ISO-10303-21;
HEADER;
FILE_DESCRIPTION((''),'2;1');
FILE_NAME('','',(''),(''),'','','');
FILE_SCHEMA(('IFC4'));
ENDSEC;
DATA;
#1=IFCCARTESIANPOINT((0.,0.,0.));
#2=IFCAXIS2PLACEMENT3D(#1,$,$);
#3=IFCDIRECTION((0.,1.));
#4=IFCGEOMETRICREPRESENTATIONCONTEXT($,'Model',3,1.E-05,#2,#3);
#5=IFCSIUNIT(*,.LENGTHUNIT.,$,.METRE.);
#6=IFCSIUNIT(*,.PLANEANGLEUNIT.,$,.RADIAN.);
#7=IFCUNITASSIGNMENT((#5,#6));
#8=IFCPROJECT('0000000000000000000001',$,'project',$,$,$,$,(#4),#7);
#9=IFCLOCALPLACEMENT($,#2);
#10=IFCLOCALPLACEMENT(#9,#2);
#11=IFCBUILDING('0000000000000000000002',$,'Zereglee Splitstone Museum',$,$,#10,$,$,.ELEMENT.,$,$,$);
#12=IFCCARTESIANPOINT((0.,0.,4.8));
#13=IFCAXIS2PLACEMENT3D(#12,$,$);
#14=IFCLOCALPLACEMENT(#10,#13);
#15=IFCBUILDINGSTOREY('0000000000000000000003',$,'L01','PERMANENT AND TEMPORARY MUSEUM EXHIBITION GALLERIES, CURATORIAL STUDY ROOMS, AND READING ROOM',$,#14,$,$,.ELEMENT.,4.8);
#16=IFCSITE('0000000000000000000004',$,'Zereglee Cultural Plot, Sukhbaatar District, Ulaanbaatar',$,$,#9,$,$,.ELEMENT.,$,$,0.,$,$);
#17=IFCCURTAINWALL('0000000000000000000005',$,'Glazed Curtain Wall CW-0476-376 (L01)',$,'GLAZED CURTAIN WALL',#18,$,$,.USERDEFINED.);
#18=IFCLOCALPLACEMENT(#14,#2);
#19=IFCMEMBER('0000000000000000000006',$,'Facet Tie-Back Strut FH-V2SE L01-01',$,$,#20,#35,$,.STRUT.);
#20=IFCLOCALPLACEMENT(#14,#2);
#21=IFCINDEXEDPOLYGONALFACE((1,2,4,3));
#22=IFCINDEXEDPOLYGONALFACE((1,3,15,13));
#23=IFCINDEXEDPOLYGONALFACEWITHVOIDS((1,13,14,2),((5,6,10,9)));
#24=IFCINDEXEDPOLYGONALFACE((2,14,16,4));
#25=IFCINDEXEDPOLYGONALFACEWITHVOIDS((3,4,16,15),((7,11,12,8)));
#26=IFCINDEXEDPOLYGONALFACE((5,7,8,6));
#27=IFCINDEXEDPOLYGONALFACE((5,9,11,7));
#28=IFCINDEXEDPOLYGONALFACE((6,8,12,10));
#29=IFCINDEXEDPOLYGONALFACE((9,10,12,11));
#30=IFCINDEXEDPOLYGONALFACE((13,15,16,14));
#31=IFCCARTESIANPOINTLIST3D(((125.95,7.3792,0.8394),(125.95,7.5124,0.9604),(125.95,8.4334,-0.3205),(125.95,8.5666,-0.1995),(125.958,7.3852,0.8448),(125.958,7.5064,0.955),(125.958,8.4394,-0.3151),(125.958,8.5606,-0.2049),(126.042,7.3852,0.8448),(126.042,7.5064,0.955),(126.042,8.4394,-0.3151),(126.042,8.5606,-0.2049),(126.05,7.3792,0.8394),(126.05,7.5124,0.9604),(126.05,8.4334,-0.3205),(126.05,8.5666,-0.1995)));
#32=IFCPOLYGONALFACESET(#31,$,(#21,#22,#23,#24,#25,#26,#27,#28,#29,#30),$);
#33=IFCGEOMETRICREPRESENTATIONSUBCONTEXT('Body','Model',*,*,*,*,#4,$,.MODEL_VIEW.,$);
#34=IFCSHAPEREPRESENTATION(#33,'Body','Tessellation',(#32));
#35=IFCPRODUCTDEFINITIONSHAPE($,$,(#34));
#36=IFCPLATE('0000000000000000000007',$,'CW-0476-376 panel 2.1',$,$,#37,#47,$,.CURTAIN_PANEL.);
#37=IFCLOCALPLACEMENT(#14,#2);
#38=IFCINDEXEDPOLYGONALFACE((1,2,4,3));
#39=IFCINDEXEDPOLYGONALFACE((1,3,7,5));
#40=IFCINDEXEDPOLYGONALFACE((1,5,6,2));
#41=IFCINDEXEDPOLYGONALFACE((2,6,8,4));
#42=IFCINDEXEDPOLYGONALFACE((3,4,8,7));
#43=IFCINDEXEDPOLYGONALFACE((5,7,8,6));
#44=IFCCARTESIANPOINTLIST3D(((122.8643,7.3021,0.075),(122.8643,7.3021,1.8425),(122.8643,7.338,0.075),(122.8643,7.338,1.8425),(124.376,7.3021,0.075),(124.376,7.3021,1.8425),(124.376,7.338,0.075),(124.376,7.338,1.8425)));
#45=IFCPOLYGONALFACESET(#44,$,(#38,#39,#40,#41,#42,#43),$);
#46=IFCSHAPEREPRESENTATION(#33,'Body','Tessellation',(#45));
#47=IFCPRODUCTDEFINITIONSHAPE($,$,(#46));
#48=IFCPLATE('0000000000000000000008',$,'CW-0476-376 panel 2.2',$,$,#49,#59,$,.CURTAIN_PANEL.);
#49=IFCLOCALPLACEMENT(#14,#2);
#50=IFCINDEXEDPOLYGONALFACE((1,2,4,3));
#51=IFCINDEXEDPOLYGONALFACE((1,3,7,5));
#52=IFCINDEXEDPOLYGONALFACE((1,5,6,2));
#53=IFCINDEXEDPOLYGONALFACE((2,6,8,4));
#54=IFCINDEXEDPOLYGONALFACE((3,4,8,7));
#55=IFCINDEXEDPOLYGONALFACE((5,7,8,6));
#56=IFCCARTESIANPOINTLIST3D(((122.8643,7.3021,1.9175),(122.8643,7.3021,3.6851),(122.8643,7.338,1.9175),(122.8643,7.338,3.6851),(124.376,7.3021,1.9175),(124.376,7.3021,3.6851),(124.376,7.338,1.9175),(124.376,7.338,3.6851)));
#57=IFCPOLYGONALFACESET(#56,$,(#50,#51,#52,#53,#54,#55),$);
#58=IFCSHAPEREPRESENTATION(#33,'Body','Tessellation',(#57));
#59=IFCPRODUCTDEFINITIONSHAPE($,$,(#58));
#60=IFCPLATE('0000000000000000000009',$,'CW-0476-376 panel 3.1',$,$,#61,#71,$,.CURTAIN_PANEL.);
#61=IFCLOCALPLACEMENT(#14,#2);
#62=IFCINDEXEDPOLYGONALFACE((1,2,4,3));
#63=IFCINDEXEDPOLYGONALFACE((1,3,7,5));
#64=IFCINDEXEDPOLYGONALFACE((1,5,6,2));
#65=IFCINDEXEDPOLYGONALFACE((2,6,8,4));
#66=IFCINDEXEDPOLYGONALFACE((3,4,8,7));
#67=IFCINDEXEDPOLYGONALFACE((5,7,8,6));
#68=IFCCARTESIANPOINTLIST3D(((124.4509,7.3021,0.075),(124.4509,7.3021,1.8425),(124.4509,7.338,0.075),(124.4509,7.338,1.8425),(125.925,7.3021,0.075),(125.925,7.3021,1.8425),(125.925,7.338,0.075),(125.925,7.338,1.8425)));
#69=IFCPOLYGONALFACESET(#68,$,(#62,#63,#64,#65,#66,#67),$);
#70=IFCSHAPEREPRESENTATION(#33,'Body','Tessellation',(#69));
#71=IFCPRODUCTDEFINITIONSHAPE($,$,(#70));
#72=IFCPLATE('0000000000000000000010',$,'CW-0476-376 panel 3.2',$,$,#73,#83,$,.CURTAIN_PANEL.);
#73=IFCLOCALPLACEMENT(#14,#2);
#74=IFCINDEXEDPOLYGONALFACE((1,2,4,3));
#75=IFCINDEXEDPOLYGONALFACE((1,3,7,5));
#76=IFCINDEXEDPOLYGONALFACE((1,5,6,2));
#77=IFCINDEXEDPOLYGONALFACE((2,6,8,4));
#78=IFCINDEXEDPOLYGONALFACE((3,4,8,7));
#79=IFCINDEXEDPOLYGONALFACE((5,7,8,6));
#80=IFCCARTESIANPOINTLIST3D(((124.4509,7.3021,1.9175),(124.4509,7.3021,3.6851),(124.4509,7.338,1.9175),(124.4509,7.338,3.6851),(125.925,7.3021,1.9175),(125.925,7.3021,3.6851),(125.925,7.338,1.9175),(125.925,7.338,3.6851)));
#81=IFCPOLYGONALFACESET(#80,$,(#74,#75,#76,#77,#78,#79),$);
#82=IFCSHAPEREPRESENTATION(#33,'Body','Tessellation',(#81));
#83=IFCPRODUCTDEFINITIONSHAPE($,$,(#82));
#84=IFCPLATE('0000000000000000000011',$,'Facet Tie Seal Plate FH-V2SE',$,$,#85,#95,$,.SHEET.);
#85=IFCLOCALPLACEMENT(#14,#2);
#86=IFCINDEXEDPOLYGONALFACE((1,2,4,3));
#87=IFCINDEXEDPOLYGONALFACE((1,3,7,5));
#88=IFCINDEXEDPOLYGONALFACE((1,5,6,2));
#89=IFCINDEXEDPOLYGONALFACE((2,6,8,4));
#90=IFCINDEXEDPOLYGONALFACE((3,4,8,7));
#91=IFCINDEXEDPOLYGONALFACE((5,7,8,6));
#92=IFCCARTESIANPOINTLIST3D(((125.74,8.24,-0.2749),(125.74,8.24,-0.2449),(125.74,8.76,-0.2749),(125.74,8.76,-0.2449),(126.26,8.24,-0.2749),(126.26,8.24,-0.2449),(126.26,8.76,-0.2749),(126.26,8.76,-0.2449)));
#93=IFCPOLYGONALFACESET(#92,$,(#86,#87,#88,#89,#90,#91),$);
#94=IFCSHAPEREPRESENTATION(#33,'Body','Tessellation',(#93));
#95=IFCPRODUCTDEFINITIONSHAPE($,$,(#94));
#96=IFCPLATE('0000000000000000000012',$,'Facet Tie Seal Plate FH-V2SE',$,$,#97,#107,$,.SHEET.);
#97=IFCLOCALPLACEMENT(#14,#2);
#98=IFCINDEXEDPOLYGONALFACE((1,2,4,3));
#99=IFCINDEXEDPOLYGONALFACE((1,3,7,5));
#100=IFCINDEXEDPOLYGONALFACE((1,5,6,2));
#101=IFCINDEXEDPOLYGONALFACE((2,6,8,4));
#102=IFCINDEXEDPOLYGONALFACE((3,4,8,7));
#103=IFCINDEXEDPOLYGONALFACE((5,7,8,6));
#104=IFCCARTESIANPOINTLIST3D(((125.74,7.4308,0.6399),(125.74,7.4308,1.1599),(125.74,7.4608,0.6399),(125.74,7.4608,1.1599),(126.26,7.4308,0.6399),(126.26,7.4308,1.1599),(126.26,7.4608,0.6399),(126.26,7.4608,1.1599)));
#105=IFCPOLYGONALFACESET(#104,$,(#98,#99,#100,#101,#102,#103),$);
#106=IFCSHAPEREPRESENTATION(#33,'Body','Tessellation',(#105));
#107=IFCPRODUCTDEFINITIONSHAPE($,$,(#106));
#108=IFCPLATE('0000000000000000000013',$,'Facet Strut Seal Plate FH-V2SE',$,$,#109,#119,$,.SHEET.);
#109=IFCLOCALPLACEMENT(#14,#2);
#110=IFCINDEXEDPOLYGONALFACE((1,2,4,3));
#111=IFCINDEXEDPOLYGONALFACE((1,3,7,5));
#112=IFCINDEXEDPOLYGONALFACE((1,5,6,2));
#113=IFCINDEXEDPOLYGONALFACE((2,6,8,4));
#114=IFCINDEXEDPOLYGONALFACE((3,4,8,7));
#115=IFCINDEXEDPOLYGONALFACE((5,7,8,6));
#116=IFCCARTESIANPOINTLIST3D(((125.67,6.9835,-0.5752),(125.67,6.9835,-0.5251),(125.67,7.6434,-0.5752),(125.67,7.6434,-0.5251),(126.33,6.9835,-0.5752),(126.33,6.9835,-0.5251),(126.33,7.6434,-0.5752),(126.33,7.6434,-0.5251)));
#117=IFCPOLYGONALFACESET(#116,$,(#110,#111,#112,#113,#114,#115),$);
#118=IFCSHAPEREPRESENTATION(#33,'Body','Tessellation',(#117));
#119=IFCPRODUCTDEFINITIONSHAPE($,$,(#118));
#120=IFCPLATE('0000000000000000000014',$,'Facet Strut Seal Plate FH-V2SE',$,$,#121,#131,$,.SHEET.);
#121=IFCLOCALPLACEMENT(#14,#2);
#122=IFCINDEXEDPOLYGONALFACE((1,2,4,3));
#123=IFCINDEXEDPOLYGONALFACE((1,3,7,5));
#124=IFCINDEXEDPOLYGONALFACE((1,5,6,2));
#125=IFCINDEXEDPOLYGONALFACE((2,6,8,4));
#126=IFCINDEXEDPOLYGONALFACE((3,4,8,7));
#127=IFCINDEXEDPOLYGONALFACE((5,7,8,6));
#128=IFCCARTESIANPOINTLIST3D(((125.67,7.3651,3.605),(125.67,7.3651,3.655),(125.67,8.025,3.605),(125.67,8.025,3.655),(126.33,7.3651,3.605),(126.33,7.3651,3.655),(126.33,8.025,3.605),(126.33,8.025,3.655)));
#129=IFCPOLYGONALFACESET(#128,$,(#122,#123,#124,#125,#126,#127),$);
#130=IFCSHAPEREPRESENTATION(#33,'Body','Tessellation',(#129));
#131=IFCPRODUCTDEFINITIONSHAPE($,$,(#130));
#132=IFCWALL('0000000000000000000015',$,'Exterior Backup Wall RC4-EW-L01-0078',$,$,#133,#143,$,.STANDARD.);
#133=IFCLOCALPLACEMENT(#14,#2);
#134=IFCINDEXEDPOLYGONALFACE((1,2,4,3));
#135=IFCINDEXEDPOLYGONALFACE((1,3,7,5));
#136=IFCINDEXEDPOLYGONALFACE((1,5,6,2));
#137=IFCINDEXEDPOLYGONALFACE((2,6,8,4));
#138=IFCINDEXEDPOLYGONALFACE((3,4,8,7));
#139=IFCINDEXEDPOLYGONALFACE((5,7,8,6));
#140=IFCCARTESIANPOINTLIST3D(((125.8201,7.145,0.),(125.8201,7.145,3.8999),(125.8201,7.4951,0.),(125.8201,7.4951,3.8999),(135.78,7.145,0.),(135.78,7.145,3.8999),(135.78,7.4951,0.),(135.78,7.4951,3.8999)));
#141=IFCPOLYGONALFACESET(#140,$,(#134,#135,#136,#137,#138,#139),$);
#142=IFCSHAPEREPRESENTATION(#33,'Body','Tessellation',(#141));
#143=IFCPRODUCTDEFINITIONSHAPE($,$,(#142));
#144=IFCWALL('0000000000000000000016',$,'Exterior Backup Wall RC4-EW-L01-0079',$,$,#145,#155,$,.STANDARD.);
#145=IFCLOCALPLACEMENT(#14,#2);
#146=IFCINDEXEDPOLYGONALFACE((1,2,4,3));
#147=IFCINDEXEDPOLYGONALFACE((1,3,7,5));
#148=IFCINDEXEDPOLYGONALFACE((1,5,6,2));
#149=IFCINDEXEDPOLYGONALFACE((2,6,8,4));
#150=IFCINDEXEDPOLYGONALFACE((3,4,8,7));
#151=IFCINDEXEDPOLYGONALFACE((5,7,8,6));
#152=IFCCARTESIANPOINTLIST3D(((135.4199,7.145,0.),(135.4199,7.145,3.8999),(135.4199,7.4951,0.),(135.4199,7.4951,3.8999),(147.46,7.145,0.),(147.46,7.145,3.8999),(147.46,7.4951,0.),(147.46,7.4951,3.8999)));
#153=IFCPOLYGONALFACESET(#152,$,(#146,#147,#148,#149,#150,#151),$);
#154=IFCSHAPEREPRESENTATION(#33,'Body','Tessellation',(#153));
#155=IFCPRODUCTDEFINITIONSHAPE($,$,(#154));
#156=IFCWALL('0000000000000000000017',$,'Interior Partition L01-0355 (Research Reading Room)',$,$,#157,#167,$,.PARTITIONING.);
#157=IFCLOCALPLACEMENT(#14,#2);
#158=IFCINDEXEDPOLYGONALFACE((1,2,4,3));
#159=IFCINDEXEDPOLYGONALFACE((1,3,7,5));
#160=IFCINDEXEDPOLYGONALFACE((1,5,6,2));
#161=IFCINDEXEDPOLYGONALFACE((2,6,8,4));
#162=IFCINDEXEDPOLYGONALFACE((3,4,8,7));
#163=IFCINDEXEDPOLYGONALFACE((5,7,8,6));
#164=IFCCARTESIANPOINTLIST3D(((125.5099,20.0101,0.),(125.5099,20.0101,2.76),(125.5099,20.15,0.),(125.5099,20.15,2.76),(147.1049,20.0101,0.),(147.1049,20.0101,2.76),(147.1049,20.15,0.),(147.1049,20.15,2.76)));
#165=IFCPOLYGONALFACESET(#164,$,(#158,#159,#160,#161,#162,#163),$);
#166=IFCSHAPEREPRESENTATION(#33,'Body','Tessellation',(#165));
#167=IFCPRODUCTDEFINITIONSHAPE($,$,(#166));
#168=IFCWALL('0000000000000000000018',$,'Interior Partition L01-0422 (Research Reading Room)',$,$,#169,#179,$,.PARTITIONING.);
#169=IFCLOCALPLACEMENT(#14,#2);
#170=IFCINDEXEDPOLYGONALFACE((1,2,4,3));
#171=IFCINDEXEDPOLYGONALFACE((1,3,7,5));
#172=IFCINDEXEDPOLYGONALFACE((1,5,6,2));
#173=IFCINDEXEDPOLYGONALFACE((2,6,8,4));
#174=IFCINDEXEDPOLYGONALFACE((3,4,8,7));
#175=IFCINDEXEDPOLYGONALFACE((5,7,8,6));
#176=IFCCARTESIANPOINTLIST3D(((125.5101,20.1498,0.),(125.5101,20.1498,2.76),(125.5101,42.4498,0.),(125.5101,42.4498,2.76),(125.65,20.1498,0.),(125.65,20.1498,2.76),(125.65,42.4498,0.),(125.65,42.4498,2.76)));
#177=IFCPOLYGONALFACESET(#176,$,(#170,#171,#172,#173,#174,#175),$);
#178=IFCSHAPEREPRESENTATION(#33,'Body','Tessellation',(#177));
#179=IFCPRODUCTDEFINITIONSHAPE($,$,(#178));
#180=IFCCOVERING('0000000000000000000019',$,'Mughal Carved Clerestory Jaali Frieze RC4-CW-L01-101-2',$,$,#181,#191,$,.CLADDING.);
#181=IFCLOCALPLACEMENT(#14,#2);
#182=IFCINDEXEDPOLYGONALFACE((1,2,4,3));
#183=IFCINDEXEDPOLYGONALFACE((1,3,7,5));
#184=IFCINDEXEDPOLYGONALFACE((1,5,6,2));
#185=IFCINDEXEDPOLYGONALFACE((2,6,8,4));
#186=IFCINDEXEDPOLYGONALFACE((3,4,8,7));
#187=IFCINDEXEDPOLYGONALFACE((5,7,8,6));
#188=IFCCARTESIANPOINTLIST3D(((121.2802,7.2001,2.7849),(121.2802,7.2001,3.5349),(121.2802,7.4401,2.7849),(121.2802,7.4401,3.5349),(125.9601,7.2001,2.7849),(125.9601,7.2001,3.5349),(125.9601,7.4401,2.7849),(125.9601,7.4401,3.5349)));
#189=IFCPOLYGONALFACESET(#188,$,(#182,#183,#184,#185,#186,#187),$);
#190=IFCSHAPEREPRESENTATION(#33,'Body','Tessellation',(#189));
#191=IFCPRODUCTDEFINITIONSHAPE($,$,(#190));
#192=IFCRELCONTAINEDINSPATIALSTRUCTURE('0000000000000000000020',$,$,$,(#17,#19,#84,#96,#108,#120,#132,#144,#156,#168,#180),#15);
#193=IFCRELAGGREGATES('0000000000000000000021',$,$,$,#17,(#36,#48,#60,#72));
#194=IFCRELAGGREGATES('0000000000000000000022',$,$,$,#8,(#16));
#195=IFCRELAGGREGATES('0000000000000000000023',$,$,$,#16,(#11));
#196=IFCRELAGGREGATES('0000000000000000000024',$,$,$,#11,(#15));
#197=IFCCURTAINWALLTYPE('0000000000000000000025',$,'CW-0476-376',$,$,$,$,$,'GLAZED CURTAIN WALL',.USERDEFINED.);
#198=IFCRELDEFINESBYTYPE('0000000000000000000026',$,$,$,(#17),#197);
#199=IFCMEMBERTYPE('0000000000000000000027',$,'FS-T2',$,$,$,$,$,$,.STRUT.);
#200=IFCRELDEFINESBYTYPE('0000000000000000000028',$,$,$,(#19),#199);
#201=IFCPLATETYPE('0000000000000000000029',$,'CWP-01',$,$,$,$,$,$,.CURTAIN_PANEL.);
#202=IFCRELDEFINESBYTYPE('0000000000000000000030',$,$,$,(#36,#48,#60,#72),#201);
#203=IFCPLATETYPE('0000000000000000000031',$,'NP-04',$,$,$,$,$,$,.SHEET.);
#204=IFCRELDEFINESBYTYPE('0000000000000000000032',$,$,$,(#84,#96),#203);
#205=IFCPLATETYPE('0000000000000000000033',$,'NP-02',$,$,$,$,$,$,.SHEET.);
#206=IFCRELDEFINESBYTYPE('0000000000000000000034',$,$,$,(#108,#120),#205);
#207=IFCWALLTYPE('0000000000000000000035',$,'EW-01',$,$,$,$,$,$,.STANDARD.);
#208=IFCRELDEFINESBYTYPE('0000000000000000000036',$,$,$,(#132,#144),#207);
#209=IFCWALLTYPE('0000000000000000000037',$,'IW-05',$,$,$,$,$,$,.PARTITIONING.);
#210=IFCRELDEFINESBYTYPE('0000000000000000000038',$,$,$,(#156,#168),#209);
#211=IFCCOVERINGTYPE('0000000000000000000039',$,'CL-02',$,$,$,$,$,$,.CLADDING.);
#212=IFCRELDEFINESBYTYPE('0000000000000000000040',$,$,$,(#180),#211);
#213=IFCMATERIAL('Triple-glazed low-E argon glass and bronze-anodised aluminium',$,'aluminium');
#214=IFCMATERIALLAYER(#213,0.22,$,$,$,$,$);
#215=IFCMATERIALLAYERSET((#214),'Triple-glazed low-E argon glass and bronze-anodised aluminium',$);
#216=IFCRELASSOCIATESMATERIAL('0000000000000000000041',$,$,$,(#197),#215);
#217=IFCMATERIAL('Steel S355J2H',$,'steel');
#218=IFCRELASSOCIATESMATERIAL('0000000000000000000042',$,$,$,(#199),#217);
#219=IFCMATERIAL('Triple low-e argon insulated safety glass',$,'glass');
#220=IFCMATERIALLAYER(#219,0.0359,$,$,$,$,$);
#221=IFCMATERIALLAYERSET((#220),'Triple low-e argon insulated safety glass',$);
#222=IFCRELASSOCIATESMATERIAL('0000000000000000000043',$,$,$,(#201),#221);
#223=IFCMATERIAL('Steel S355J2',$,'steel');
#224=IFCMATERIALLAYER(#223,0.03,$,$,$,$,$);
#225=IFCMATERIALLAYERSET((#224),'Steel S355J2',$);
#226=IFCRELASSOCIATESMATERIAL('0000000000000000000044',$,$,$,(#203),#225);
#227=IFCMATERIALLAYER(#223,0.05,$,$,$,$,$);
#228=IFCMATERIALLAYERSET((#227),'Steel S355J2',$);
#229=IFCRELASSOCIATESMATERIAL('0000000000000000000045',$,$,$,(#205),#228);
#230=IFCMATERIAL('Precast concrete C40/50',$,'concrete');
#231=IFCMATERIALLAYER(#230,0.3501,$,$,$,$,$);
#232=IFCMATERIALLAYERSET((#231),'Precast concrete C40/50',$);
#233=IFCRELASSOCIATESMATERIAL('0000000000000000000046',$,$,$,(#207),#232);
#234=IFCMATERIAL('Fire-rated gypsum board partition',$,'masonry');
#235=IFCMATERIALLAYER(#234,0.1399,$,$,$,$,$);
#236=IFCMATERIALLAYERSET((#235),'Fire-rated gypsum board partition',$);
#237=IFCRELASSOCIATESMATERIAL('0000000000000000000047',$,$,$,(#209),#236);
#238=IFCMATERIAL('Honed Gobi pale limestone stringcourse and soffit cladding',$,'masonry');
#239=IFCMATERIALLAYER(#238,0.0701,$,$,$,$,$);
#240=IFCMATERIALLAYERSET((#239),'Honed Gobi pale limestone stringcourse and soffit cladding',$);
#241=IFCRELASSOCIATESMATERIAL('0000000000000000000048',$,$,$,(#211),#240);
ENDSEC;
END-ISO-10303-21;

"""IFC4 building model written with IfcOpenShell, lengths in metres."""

from ifc_helpers import new_model, si_unit, direction, frame, frame_2d, origin, origin_2d, place, context, subcontext, project, spatial, rectangle, hollow_rectangle, extrude, material, layer, layer_set, material_profile, profile_set, type_object, element, aggregate, save


model = new_model("IFC4")

# Units and contexts
model_context = context("Model", 3, precision=1e-05, world=origin(), true_north=direction((0.0, 1.0)))
body_context = subcontext(model_context, "Body", "Model", "MODEL_VIEW")
ifc_project = project(units=[si_unit("LENGTHUNIT", "METRE"), si_unit("PLANEANGLEUNIT", "RADIAN")], contexts=[model_context])

# Site, building, storey
site_placement = place(None, origin())
site = spatial("IfcSite", under=ifc_project, at=site_placement, Name="Zereglee Cultural Plot, Sukhbaatar District, Ulaanbaatar", CompositionType="ELEMENT", RefElevation=0.0)
building_placement = place(site_placement, origin())
building = spatial("IfcBuilding", under=site, at=building_placement, Name="Zereglee Splitstone Museum", CompositionType="ELEMENT")
storey_placement = place(building_placement, frame((0.0, 0.0, 4.8)))
storey = spatial("IfcBuildingStorey", under=building, at=storey_placement, Name="L01", Description="PERMANENT AND TEMPORARY MUSEUM EXHIBITION GALLERIES, CURATORIAL STUDY ROOMS, AND READING ROOM", CompositionType="ELEMENT", Elevation=4.8)

# Shared definitions
ifc_material_1 = material(Name="Steel S355J2", Category="steel")

# Curtain wall
ifc_material_2 = material(Name="Triple-glazed low-E argon glass and bronze-anodised aluminium", Category="aluminium")
ifc_layer_1 = layer(ifc_material_2, 0.22)
ifc_layer_set_1 = layer_set([ifc_layer_1], Name="Triple-glazed low-E argon glass and bronze-anodised aluminium")
curtain_wall_type = type_object("IfcCurtainWallType", Name="CW-0476-376", ElementType="GLAZED CURTAIN WALL", PredefinedType="USERDEFINED", material=ifc_layer_set_1)
curtain_wall_placement = place(storey_placement, origin())
curtain_wall = element("IfcCurtainWall", 1, at=curtain_wall_placement, inside=storey, type_object=curtain_wall_type, Name="Glazed Curtain Wall CW-0476-376 (L01)", ObjectType="GLAZED CURTAIN WALL", PredefinedType="USERDEFINED")

# Member
ifc_material_3 = material(Name="Steel S355J2H", Category="steel")
ifc_material_profile_1 = material_profile(ifc_material_3, hollow_rectangle(XDim=0.1001, YDim=0.1799, WallThickness=0.0081, at=origin_2d()), Name="RHS 180x100x8")
ifc_profile_set_1 = profile_set([ifc_material_profile_1], Name="Steel S355J2H")
member_type_1 = type_object("IfcMemberType", Name="FS-T2", PredefinedType="STRUT", material=ifc_profile_set_1)
member_1_placement = place(storey_placement, frame((126.0, 8.5, -0.26), z_axis=(0.0, -0.67258, 0.740025), x_axis=(1.0, 0.0, 0.0)))
element("IfcMember", 2, at=member_1_placement, inside=storey, type_object=member_type_1, Name="Facet Tie-Back Strut FH-V2SE L01-01", PredefinedType="STRUT", context=body_context, shape_type="SweptSolid", body=[
    extrude(hollow_rectangle(XDim=0.1001, YDim=0.1799, WallThickness=0.0081, at=origin_2d()), origin(), (0.0, 0.0, 1.0), 1.5674),
])

# Plates
ifc_material_4 = material(Name="Triple low-e argon insulated safety glass", Category="glass")
ifc_layer_2 = layer(ifc_material_4, 0.0359)
ifc_layer_set_2 = layer_set([ifc_layer_2], Name="Triple low-e argon insulated safety glass")
plate_type_1 = type_object("IfcPlateType", Name="CWP-01", PredefinedType="CURTAIN_PANEL", material=ifc_layer_set_2)
plate_1_placement = place(storey_placement, frame((123.6201, 7.3201, 0.075), z_axis=(0.0, 0.0, 1.0), x_axis=(1.0, 0.0, 0.0)))
plate_1 = element("IfcPlate", 3, at=plate_1_placement, type_object=plate_type_1, Name="CW-0476-376 panel 2.1", PredefinedType="CURTAIN_PANEL", context=body_context, shape_type="SweptSolid", body=[
    extrude(rectangle(XDim=1.5117, YDim=0.0359, at=origin_2d()), origin(), (0.0, 0.0, 1.0), 1.7676),
])
plate_2_placement = place(storey_placement, frame((123.6201, 7.3201, 1.9175), z_axis=(0.0, 0.0, 1.0), x_axis=(1.0, 0.0, 0.0)))
plate_2 = element("IfcPlate", 4, at=plate_2_placement, type_object=plate_type_1, Name="CW-0476-376 panel 2.2", PredefinedType="CURTAIN_PANEL", context=body_context, shape_type="SweptSolid", body=[
    extrude(rectangle(XDim=1.5117, YDim=0.0359, at=origin_2d()), origin(), (0.0, 0.0, 1.0), 1.7676),
])
plate_3_placement = place(storey_placement, frame((125.188, 7.3201, 0.075), z_axis=(0.0, 0.0, 1.0), x_axis=(1.0, 0.0, 0.0)))
plate_3 = element("IfcPlate", 5, at=plate_3_placement, type_object=plate_type_1, Name="CW-0476-376 panel 3.1", PredefinedType="CURTAIN_PANEL", context=body_context, shape_type="SweptSolid", body=[
    extrude(rectangle(XDim=1.4741, YDim=0.0359, at=origin_2d()), origin(), (0.0, 0.0, 1.0), 1.7676),
])
plate_4_placement = place(storey_placement, frame((125.188, 7.3201, 1.9175), z_axis=(0.0, 0.0, 1.0), x_axis=(1.0, 0.0, 0.0)))
plate_4 = element("IfcPlate", 6, at=plate_4_placement, type_object=plate_type_1, Name="CW-0476-376 panel 3.2", PredefinedType="CURTAIN_PANEL", context=body_context, shape_type="SweptSolid", body=[
    extrude(rectangle(XDim=1.4741, YDim=0.0359, at=origin_2d()), origin(), (0.0, 0.0, 1.0), 1.7676),
])
aggregate(curtain_wall, [plate_1, plate_2, plate_3, plate_4])

# Plates
ifc_layer_3 = layer(ifc_material_1, 0.03)
ifc_layer_set_3 = layer_set([ifc_layer_3], Name="Steel S355J2")
plate_type_2 = type_object("IfcPlateType", Name="NP-04", PredefinedType="SHEET", material=ifc_layer_set_3)
plate_5_placement = place(storey_placement, frame((126.0, 8.5, -0.2749), z_axis=(0.0, 0.0, 1.0), x_axis=(1.0, 0.0, 0.0)))
element("IfcPlate", 7, at=plate_5_placement, inside=storey, type_object=plate_type_2, Name="Facet Tie Seal Plate FH-V2SE", PredefinedType="SHEET", context=body_context, shape_type="SweptSolid", body=[
    extrude(rectangle(XDim=0.52, YDim=0.52, at=origin_2d()), origin(), (0.0, 0.0, 1.0), 0.03),
])
plate_6_placement = place(storey_placement, frame((126.0, 7.4458, 0.6399), z_axis=(0.0, 0.0, 1.0), x_axis=(1.0, 0.0, 0.0)))
element("IfcPlate", 8, at=plate_6_placement, inside=storey, type_object=plate_type_2, Name="Facet Tie Seal Plate FH-V2SE", PredefinedType="SHEET", context=body_context, shape_type="SweptSolid", body=[
    extrude(rectangle(XDim=0.52, YDim=0.03, at=origin_2d()), origin(), (0.0, 0.0, 1.0), 0.52),
])
ifc_layer_4 = layer(ifc_material_1, 0.05)
ifc_layer_set_4 = layer_set([ifc_layer_4], Name="Steel S355J2")
plate_type_3 = type_object("IfcPlateType", Name="NP-02", PredefinedType="SHEET", material=ifc_layer_set_4)
for number, where, z_axis, x_axis, name in (
    (9, (126.0, 7.3135, -0.5752), (0.0, 0.0, 1.0), (1.0, 0.0, 0.0), "Facet Strut Seal Plate FH-V2SE"),
    (10, (126.0, 7.6951, 3.605), (0.0, 0.0, 1.0), (1.0, 0.0, 0.0), "Facet Strut Seal Plate FH-V2SE"),
):
    element("IfcPlate", number, at=place(storey_placement, frame(where, z_axis=z_axis, x_axis=x_axis)), inside=storey, type_object=plate_type_3, Name=name, PredefinedType="SHEET", context=body_context, shape_type="SweptSolid", body=[
        extrude(rectangle(XDim=0.6599, YDim=0.6599, at=origin_2d()), origin(), (0.0, 0.0, 1.0), 0.05),
    ])

# Walls
ifc_material_5 = material(Name="Precast concrete C40/50", Category="concrete")
ifc_layer_5 = layer(ifc_material_5, 0.3501)
ifc_layer_set_5 = layer_set([ifc_layer_5], Name="Precast concrete C40/50")
wall_type_1 = type_object("IfcWallType", Name="EW-01", PredefinedType="STANDARD", material=ifc_layer_set_5)
wall_1_placement = place(storey_placement, frame((125.8201, 7.3201, 0.0), z_axis=(0.0, 0.0, 1.0), x_axis=(1.0, 0.0, 0.0)))
element("IfcWall", 11, at=wall_1_placement, inside=storey, type_object=wall_type_1, Name="Exterior Backup Wall RC4-EW-L01-0078", PredefinedType="STANDARD", context=body_context, shape_type="SweptSolid", body=[
    extrude(rectangle(XDim=9.96, YDim=0.3501, at=frame_2d((4.98, 0.0))), origin(), (0.0, 0.0, 1.0), 3.8999),
])
wall_2_placement = place(storey_placement, frame((135.4199, 7.3201, 0.0), z_axis=(0.0, 0.0, 1.0), x_axis=(1.0, 0.0, 0.0)))
element("IfcWall", 12, at=wall_2_placement, inside=storey, type_object=wall_type_1, Name="Exterior Backup Wall RC4-EW-L01-0079", PredefinedType="STANDARD", context=body_context, shape_type="SweptSolid", body=[
    extrude(rectangle(XDim=12.04, YDim=0.3501, at=frame_2d((6.02, 0.0))), origin(), (0.0, 0.0, 1.0), 3.8999),
])
ifc_material_6 = material(Name="Fire-rated gypsum board partition", Category="masonry")
ifc_layer_6 = layer(ifc_material_6, 0.1399)
ifc_layer_set_6 = layer_set([ifc_layer_6], Name="Fire-rated gypsum board partition")
wall_type_2 = type_object("IfcWallType", Name="IW-05", PredefinedType="PARTITIONING", material=ifc_layer_set_6)
wall_3_placement = place(storey_placement, frame((125.51, 20.0801, 0.0), z_axis=(0.0, 0.0, 1.0), x_axis=(1.0, 0.0, 0.0)))
element("IfcWall", 13, at=wall_3_placement, inside=storey, type_object=wall_type_2, Name="Interior Partition L01-0355 (Research Reading Room)", PredefinedType="PARTITIONING", context=body_context, shape_type="SweptSolid", body=[
    extrude(rectangle(XDim=21.595, YDim=0.1399, at=frame_2d((10.7974, 0.0))), origin(), (0.0, 0.0, 1.0), 2.76),
])
wall_4_placement = place(storey_placement, frame((125.5801, 20.1499, 0.0), z_axis=(0.0, 0.0, 1.0), x_axis=(0.0, 1.0, 0.0)))
element("IfcWall", 14, at=wall_4_placement, inside=storey, type_object=wall_type_2, Name="Interior Partition L01-0422 (Research Reading Room)", PredefinedType="PARTITIONING", context=body_context, shape_type="SweptSolid", body=[
    extrude(rectangle(XDim=22.3, YDim=0.1399, at=frame_2d((11.1499, 0.0))), origin(), (0.0, 0.0, 1.0), 2.76),
])

# Covering
ifc_material_7 = material(Name="Honed Gobi pale limestone stringcourse and soffit cladding", Category="masonry")
ifc_layer_7 = layer(ifc_material_7, 0.0701)
ifc_layer_set_7 = layer_set([ifc_layer_7], Name="Honed Gobi pale limestone stringcourse and soffit cladding")
covering_type = type_object("IfcCoveringType", Name="CL-02", PredefinedType="CLADDING", material=ifc_layer_set_7)
covering_1_placement = place(storey_placement, frame((123.6201, 7.3201, 2.7849), z_axis=(0.0, 0.0, 1.0), x_axis=(1.0, 0.0, 0.0)))
element("IfcCovering", 15, at=covering_1_placement, inside=storey, type_object=covering_type, Name="Mughal Carved Clerestory Jaali Frieze RC4-CW-L01-101-2", PredefinedType="CLADDING", context=body_context, shape_type="SweptSolid", body=[
    extrude(rectangle(XDim=4.6799, YDim=0.24, at=origin_2d()), origin(), (0.0, 0.0, 1.0), 0.75),
])

save(model, "model.ifc")
